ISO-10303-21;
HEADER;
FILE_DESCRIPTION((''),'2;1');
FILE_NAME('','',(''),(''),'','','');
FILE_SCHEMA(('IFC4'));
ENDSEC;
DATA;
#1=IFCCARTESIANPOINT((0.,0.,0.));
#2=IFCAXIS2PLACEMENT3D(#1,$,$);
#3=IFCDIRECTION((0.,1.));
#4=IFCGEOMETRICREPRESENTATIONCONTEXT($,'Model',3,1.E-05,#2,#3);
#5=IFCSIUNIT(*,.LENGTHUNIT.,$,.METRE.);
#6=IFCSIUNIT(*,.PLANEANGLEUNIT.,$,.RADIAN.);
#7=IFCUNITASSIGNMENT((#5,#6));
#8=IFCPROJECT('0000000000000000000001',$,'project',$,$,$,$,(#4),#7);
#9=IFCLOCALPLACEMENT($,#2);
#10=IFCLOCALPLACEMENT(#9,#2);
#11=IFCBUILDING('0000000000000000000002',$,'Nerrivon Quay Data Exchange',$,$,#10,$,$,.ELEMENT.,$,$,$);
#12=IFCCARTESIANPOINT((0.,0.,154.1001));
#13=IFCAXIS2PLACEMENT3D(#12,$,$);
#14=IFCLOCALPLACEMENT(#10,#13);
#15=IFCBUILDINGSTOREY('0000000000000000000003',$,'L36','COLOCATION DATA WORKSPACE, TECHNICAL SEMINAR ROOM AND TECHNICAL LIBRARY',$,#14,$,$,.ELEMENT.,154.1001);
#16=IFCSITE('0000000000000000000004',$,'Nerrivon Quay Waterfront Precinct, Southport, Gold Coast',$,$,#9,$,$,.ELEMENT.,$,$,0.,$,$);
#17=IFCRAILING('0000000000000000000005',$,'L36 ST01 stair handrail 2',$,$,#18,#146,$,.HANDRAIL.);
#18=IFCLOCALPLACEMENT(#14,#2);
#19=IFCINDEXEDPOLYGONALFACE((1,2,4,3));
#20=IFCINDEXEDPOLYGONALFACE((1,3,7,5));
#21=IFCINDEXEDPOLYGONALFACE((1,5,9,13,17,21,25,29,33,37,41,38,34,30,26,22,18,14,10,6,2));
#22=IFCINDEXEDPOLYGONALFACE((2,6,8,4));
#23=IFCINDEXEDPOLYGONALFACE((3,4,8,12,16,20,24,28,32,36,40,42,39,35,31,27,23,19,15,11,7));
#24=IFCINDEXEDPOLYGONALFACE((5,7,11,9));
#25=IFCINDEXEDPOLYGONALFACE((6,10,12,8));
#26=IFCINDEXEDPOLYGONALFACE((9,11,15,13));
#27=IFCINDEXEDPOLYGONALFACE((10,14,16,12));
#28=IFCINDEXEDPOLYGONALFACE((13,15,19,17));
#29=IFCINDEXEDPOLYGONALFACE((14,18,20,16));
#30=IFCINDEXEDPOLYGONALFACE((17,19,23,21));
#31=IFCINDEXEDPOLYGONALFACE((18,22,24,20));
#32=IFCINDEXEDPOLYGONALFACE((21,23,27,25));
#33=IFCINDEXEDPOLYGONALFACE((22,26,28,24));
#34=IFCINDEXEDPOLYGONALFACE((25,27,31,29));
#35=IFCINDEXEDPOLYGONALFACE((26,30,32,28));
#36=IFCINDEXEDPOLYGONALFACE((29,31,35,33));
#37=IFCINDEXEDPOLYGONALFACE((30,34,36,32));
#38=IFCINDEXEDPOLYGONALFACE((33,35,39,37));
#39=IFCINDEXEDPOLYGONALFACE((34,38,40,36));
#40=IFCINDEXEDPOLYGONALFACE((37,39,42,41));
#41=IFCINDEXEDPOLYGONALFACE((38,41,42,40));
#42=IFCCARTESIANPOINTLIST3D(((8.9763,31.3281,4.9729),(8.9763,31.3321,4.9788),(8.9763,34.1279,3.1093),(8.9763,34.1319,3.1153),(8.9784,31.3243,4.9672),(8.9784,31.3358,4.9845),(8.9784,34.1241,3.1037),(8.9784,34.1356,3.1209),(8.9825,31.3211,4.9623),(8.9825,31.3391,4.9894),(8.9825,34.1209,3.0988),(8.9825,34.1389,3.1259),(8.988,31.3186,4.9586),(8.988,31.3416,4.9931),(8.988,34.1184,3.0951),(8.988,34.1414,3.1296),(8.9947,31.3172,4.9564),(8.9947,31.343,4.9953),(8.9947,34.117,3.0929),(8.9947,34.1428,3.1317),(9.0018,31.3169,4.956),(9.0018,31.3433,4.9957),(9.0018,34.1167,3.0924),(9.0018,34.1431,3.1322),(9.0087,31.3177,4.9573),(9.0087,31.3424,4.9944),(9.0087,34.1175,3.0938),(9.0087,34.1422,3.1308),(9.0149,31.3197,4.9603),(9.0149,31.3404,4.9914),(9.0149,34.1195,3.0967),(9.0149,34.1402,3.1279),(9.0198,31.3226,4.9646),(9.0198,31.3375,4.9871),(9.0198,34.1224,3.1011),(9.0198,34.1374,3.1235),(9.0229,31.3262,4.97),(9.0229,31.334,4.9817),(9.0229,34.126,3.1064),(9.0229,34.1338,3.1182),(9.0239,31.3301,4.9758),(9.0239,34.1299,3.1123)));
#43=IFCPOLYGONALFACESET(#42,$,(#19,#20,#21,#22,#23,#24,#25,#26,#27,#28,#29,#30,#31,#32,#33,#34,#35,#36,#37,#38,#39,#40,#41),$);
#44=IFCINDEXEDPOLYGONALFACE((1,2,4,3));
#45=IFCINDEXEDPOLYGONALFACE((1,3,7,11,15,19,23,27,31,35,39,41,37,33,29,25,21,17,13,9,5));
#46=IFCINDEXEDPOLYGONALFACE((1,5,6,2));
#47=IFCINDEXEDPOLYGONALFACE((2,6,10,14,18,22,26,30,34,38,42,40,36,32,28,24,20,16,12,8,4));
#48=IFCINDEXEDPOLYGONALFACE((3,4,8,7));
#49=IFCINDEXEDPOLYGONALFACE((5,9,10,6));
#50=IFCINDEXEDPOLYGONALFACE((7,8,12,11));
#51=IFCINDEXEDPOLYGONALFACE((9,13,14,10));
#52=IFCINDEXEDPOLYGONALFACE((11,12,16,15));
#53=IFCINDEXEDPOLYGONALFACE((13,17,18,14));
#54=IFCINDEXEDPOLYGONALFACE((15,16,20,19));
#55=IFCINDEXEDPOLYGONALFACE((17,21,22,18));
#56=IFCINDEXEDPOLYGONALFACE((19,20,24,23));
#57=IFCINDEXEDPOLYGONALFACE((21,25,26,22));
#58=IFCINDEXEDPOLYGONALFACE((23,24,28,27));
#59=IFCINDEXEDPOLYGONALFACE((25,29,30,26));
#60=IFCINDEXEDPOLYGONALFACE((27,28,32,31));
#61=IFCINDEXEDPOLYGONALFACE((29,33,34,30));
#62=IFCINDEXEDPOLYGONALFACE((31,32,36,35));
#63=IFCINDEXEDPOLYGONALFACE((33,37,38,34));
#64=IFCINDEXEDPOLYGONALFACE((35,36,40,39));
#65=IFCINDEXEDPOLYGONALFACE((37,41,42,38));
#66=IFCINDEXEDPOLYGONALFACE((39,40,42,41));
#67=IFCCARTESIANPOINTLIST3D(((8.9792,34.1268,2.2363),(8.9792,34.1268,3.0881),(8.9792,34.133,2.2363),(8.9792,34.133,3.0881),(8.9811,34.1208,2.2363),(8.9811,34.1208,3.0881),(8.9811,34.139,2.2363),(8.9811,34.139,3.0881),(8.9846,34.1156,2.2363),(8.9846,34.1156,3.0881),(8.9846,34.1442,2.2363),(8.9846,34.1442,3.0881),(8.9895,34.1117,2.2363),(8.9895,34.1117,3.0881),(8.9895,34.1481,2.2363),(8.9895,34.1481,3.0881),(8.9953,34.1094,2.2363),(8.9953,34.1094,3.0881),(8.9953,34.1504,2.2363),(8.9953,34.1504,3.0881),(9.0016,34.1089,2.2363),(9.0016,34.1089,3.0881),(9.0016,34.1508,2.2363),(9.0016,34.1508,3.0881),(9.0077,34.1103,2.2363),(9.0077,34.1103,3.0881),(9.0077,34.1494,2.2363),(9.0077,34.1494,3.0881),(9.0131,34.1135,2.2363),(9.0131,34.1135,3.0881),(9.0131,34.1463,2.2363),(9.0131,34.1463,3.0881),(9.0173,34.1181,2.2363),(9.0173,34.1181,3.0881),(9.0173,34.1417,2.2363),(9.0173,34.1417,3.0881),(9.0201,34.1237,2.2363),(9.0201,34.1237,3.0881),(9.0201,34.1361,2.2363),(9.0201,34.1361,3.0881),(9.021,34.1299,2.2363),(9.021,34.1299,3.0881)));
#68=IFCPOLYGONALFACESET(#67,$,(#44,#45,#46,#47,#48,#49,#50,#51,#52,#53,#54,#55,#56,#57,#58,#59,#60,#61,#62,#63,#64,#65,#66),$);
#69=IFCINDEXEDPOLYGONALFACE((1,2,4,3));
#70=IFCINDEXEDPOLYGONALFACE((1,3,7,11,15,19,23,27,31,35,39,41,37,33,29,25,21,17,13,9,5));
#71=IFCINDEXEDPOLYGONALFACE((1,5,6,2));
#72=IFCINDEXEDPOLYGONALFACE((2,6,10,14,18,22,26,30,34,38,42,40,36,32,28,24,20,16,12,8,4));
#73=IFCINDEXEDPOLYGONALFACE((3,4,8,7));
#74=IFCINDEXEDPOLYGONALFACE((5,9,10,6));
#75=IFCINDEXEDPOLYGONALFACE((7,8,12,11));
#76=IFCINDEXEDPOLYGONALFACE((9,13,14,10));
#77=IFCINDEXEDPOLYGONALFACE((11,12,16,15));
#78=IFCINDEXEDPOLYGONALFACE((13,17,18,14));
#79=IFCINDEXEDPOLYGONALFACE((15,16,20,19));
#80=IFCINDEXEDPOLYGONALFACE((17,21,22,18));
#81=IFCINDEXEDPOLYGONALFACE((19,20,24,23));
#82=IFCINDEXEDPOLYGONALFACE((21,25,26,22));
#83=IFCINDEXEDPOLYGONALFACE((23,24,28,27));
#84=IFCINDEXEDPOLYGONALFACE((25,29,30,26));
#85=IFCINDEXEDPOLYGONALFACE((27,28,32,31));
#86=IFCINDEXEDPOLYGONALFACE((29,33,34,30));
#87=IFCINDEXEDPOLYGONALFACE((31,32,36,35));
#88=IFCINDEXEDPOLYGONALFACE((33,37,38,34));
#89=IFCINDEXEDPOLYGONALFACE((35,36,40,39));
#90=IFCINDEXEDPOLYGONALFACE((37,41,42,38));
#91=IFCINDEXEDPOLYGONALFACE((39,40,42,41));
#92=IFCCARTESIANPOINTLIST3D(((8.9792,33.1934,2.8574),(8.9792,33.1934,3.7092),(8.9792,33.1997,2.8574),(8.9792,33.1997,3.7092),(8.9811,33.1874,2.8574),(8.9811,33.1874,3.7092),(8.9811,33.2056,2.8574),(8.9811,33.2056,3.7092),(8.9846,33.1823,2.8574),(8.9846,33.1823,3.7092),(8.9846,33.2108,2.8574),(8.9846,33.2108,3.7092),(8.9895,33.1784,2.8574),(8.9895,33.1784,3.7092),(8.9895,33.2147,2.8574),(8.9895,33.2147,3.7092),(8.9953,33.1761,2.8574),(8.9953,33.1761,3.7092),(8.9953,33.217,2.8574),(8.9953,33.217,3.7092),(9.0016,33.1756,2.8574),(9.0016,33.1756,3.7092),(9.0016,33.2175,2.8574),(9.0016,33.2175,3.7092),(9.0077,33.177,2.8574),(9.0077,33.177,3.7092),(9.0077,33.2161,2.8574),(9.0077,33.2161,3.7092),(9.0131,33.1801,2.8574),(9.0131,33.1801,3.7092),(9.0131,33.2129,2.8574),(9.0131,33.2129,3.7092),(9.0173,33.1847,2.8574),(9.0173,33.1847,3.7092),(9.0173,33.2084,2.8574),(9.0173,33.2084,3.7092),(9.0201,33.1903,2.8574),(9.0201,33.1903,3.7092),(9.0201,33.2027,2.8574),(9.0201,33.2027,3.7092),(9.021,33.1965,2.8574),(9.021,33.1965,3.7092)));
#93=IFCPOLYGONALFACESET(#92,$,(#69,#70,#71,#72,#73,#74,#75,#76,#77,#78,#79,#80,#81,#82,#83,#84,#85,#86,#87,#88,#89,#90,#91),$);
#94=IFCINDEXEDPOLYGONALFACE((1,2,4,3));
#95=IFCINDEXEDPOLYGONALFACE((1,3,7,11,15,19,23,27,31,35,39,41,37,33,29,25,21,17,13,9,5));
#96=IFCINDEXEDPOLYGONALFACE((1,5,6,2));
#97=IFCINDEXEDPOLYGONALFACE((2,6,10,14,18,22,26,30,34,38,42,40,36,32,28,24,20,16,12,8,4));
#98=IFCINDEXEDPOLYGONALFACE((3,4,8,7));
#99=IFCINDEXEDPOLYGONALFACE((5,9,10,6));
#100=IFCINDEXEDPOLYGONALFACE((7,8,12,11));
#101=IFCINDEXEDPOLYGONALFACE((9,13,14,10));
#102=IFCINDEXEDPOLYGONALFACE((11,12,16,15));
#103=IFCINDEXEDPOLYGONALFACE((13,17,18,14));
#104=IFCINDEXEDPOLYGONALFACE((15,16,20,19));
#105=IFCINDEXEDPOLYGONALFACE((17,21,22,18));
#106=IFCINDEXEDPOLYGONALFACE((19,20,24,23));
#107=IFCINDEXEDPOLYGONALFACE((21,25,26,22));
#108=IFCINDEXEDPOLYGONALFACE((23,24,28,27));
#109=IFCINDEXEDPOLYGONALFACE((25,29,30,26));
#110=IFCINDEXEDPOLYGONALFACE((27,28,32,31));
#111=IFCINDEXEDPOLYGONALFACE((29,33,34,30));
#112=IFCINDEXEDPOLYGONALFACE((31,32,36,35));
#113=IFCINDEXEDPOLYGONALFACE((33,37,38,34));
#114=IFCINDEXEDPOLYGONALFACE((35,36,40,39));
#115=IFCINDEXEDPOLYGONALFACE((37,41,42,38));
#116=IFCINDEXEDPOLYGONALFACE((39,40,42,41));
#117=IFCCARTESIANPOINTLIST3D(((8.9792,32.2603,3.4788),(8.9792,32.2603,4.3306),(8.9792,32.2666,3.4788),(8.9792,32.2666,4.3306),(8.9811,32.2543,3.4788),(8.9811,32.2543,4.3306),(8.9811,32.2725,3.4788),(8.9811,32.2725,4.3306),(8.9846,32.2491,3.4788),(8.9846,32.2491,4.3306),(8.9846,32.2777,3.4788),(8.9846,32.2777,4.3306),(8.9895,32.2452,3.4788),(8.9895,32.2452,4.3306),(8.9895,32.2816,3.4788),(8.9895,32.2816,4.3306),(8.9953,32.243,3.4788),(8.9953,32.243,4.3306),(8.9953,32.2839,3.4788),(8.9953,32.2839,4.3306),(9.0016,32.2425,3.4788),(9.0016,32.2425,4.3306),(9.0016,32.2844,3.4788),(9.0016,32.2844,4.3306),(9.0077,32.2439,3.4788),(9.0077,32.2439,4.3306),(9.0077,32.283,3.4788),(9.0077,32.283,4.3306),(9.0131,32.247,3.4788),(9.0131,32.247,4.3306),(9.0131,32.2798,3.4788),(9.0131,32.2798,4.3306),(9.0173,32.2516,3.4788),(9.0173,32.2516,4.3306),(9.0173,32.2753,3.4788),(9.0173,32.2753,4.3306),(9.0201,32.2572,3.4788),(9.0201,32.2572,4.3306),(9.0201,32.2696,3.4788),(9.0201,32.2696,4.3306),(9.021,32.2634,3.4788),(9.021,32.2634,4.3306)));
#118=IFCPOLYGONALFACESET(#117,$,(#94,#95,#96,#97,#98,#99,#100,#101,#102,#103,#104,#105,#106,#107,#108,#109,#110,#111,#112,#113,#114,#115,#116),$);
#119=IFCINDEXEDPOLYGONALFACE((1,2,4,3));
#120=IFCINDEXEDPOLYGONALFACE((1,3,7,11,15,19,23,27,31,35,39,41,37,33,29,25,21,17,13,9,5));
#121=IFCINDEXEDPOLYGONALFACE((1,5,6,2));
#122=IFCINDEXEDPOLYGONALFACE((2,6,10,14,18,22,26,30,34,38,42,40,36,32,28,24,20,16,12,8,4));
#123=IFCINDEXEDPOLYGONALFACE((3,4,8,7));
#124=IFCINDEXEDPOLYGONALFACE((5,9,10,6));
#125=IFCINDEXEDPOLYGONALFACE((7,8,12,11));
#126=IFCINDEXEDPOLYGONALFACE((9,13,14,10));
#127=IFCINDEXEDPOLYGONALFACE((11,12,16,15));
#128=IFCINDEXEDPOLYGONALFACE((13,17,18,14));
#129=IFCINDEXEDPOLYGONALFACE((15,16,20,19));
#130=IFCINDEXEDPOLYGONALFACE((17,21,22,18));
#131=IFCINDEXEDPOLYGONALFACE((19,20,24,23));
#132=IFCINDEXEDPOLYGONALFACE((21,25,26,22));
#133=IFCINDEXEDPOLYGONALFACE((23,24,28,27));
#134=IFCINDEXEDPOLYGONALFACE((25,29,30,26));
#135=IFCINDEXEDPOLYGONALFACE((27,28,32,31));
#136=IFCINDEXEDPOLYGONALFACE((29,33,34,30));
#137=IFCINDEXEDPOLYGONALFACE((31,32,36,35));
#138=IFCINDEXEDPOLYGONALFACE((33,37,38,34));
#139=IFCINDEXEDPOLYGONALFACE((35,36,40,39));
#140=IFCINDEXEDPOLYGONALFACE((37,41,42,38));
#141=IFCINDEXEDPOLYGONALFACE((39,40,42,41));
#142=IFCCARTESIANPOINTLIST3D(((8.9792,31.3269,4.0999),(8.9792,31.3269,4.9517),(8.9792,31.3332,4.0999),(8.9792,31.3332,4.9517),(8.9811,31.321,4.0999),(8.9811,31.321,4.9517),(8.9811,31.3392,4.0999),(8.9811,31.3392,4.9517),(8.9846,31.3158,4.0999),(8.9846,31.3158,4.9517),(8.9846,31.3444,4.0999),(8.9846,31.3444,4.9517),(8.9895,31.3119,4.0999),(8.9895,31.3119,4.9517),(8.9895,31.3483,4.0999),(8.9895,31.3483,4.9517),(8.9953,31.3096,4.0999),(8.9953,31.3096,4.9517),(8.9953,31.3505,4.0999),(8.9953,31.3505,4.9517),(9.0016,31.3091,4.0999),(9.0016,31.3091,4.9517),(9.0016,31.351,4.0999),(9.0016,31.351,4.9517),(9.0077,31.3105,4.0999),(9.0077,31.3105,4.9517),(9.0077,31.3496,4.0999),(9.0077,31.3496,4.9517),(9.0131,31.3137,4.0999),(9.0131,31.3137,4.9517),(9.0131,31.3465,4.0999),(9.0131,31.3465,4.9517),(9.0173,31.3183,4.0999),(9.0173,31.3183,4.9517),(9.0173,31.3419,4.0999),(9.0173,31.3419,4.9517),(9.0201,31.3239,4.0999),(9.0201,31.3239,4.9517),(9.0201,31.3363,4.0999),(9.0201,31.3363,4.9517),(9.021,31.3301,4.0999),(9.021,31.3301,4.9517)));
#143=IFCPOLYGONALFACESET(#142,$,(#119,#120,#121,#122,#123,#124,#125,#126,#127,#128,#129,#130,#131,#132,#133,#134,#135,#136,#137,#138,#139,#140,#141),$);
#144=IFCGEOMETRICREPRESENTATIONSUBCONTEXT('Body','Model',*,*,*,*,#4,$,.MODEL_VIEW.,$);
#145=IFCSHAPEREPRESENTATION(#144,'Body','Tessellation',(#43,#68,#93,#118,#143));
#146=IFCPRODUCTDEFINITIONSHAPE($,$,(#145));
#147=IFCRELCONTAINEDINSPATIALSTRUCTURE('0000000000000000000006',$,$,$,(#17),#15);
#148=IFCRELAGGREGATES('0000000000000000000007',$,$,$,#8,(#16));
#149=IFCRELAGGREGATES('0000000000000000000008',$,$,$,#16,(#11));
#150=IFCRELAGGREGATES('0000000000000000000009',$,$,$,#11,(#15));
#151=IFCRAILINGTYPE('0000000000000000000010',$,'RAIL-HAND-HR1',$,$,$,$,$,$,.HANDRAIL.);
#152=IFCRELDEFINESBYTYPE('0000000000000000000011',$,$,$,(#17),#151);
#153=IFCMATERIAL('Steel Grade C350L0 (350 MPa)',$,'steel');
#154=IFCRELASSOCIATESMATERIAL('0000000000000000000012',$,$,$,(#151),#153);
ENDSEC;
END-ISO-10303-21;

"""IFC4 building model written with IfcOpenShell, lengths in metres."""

from ifc_helpers import new_model, si_unit, direction, frame, origin, origin_2d, place, context, subcontext, project, spatial, circle, extrude, material, type_object, element, save


model = new_model("IFC4")

# Units and contexts
model_context = context("Model", 3, precision=1e-05, world=origin(), true_north=direction((0.0, 1.0)))
body_context = subcontext(model_context, "Body", "Model", "MODEL_VIEW")
ifc_project = project(units=[si_unit("LENGTHUNIT", "METRE"), si_unit("PLANEANGLEUNIT", "RADIAN")], contexts=[model_context])

# Site, building, storey
site_placement = place(None, origin())
site = spatial("IfcSite", under=ifc_project, at=site_placement, Name="Nerrivon Quay Waterfront Precinct, Southport, Gold Coast", CompositionType="ELEMENT", RefElevation=0.0)
building_placement = place(site_placement, origin())
building = spatial("IfcBuilding", under=site, at=building_placement, Name="Nerrivon Quay Data Exchange", CompositionType="ELEMENT")
storey_placement = place(building_placement, frame((0.0, 0.0, 154.1001)))
storey = spatial("IfcBuildingStorey", under=building, at=storey_placement, Name="L36", Description="COLOCATION DATA WORKSPACE, TECHNICAL SEMINAR ROOM AND TECHNICAL LIBRARY", CompositionType="ELEMENT", Elevation=154.1001)

# Railing
ifc_material_1 = material(Name="Steel Grade C350L0 (350 MPa)", Category="steel")
railing_type_1 = type_object("IfcRailingType", Name="RAIL-HAND-HR1", PredefinedType="HANDRAIL", material=ifc_material_1)
railing_1_placement = place(storey_placement, frame((9.0, 34.1299, 2.2363)))
element("IfcRailing", 1, at=railing_1_placement, inside=storey, type_object=railing_type_1, Name="L36 ST01 stair handrail 2", PredefinedType="HANDRAIL", context=body_context, shape_type="SweptSolid", body=[
    extrude(circle(Radius=0.0239, at=origin_2d()), frame((0.0, 0.0, 0.876), z_axis=(0.0, -0.832463, 0.55408), x_axis=(1.0, 0.0, 0.0)), (0.0, 0.0, 1.0), 3.3633),
    extrude(circle(Radius=0.021, at=origin_2d()), origin(), (0.0, 0.0, 1.0), 0.8518),
    extrude(circle(Radius=0.021, at=origin_2d()), frame((0.0, -0.9333, 0.6211)), (0.0, 0.0, 1.0), 0.8518),
    extrude(circle(Radius=0.021, at=origin_2d()), frame((0.0, -1.8665, 1.2424)), (0.0, 0.0, 1.0), 0.8518),
    extrude(circle(Radius=0.021, at=origin_2d()), frame((0.0, -2.7998, 1.8635)), (0.0, 0.0, 1.0), 0.8518),
])

save(model, "model.ifc")
